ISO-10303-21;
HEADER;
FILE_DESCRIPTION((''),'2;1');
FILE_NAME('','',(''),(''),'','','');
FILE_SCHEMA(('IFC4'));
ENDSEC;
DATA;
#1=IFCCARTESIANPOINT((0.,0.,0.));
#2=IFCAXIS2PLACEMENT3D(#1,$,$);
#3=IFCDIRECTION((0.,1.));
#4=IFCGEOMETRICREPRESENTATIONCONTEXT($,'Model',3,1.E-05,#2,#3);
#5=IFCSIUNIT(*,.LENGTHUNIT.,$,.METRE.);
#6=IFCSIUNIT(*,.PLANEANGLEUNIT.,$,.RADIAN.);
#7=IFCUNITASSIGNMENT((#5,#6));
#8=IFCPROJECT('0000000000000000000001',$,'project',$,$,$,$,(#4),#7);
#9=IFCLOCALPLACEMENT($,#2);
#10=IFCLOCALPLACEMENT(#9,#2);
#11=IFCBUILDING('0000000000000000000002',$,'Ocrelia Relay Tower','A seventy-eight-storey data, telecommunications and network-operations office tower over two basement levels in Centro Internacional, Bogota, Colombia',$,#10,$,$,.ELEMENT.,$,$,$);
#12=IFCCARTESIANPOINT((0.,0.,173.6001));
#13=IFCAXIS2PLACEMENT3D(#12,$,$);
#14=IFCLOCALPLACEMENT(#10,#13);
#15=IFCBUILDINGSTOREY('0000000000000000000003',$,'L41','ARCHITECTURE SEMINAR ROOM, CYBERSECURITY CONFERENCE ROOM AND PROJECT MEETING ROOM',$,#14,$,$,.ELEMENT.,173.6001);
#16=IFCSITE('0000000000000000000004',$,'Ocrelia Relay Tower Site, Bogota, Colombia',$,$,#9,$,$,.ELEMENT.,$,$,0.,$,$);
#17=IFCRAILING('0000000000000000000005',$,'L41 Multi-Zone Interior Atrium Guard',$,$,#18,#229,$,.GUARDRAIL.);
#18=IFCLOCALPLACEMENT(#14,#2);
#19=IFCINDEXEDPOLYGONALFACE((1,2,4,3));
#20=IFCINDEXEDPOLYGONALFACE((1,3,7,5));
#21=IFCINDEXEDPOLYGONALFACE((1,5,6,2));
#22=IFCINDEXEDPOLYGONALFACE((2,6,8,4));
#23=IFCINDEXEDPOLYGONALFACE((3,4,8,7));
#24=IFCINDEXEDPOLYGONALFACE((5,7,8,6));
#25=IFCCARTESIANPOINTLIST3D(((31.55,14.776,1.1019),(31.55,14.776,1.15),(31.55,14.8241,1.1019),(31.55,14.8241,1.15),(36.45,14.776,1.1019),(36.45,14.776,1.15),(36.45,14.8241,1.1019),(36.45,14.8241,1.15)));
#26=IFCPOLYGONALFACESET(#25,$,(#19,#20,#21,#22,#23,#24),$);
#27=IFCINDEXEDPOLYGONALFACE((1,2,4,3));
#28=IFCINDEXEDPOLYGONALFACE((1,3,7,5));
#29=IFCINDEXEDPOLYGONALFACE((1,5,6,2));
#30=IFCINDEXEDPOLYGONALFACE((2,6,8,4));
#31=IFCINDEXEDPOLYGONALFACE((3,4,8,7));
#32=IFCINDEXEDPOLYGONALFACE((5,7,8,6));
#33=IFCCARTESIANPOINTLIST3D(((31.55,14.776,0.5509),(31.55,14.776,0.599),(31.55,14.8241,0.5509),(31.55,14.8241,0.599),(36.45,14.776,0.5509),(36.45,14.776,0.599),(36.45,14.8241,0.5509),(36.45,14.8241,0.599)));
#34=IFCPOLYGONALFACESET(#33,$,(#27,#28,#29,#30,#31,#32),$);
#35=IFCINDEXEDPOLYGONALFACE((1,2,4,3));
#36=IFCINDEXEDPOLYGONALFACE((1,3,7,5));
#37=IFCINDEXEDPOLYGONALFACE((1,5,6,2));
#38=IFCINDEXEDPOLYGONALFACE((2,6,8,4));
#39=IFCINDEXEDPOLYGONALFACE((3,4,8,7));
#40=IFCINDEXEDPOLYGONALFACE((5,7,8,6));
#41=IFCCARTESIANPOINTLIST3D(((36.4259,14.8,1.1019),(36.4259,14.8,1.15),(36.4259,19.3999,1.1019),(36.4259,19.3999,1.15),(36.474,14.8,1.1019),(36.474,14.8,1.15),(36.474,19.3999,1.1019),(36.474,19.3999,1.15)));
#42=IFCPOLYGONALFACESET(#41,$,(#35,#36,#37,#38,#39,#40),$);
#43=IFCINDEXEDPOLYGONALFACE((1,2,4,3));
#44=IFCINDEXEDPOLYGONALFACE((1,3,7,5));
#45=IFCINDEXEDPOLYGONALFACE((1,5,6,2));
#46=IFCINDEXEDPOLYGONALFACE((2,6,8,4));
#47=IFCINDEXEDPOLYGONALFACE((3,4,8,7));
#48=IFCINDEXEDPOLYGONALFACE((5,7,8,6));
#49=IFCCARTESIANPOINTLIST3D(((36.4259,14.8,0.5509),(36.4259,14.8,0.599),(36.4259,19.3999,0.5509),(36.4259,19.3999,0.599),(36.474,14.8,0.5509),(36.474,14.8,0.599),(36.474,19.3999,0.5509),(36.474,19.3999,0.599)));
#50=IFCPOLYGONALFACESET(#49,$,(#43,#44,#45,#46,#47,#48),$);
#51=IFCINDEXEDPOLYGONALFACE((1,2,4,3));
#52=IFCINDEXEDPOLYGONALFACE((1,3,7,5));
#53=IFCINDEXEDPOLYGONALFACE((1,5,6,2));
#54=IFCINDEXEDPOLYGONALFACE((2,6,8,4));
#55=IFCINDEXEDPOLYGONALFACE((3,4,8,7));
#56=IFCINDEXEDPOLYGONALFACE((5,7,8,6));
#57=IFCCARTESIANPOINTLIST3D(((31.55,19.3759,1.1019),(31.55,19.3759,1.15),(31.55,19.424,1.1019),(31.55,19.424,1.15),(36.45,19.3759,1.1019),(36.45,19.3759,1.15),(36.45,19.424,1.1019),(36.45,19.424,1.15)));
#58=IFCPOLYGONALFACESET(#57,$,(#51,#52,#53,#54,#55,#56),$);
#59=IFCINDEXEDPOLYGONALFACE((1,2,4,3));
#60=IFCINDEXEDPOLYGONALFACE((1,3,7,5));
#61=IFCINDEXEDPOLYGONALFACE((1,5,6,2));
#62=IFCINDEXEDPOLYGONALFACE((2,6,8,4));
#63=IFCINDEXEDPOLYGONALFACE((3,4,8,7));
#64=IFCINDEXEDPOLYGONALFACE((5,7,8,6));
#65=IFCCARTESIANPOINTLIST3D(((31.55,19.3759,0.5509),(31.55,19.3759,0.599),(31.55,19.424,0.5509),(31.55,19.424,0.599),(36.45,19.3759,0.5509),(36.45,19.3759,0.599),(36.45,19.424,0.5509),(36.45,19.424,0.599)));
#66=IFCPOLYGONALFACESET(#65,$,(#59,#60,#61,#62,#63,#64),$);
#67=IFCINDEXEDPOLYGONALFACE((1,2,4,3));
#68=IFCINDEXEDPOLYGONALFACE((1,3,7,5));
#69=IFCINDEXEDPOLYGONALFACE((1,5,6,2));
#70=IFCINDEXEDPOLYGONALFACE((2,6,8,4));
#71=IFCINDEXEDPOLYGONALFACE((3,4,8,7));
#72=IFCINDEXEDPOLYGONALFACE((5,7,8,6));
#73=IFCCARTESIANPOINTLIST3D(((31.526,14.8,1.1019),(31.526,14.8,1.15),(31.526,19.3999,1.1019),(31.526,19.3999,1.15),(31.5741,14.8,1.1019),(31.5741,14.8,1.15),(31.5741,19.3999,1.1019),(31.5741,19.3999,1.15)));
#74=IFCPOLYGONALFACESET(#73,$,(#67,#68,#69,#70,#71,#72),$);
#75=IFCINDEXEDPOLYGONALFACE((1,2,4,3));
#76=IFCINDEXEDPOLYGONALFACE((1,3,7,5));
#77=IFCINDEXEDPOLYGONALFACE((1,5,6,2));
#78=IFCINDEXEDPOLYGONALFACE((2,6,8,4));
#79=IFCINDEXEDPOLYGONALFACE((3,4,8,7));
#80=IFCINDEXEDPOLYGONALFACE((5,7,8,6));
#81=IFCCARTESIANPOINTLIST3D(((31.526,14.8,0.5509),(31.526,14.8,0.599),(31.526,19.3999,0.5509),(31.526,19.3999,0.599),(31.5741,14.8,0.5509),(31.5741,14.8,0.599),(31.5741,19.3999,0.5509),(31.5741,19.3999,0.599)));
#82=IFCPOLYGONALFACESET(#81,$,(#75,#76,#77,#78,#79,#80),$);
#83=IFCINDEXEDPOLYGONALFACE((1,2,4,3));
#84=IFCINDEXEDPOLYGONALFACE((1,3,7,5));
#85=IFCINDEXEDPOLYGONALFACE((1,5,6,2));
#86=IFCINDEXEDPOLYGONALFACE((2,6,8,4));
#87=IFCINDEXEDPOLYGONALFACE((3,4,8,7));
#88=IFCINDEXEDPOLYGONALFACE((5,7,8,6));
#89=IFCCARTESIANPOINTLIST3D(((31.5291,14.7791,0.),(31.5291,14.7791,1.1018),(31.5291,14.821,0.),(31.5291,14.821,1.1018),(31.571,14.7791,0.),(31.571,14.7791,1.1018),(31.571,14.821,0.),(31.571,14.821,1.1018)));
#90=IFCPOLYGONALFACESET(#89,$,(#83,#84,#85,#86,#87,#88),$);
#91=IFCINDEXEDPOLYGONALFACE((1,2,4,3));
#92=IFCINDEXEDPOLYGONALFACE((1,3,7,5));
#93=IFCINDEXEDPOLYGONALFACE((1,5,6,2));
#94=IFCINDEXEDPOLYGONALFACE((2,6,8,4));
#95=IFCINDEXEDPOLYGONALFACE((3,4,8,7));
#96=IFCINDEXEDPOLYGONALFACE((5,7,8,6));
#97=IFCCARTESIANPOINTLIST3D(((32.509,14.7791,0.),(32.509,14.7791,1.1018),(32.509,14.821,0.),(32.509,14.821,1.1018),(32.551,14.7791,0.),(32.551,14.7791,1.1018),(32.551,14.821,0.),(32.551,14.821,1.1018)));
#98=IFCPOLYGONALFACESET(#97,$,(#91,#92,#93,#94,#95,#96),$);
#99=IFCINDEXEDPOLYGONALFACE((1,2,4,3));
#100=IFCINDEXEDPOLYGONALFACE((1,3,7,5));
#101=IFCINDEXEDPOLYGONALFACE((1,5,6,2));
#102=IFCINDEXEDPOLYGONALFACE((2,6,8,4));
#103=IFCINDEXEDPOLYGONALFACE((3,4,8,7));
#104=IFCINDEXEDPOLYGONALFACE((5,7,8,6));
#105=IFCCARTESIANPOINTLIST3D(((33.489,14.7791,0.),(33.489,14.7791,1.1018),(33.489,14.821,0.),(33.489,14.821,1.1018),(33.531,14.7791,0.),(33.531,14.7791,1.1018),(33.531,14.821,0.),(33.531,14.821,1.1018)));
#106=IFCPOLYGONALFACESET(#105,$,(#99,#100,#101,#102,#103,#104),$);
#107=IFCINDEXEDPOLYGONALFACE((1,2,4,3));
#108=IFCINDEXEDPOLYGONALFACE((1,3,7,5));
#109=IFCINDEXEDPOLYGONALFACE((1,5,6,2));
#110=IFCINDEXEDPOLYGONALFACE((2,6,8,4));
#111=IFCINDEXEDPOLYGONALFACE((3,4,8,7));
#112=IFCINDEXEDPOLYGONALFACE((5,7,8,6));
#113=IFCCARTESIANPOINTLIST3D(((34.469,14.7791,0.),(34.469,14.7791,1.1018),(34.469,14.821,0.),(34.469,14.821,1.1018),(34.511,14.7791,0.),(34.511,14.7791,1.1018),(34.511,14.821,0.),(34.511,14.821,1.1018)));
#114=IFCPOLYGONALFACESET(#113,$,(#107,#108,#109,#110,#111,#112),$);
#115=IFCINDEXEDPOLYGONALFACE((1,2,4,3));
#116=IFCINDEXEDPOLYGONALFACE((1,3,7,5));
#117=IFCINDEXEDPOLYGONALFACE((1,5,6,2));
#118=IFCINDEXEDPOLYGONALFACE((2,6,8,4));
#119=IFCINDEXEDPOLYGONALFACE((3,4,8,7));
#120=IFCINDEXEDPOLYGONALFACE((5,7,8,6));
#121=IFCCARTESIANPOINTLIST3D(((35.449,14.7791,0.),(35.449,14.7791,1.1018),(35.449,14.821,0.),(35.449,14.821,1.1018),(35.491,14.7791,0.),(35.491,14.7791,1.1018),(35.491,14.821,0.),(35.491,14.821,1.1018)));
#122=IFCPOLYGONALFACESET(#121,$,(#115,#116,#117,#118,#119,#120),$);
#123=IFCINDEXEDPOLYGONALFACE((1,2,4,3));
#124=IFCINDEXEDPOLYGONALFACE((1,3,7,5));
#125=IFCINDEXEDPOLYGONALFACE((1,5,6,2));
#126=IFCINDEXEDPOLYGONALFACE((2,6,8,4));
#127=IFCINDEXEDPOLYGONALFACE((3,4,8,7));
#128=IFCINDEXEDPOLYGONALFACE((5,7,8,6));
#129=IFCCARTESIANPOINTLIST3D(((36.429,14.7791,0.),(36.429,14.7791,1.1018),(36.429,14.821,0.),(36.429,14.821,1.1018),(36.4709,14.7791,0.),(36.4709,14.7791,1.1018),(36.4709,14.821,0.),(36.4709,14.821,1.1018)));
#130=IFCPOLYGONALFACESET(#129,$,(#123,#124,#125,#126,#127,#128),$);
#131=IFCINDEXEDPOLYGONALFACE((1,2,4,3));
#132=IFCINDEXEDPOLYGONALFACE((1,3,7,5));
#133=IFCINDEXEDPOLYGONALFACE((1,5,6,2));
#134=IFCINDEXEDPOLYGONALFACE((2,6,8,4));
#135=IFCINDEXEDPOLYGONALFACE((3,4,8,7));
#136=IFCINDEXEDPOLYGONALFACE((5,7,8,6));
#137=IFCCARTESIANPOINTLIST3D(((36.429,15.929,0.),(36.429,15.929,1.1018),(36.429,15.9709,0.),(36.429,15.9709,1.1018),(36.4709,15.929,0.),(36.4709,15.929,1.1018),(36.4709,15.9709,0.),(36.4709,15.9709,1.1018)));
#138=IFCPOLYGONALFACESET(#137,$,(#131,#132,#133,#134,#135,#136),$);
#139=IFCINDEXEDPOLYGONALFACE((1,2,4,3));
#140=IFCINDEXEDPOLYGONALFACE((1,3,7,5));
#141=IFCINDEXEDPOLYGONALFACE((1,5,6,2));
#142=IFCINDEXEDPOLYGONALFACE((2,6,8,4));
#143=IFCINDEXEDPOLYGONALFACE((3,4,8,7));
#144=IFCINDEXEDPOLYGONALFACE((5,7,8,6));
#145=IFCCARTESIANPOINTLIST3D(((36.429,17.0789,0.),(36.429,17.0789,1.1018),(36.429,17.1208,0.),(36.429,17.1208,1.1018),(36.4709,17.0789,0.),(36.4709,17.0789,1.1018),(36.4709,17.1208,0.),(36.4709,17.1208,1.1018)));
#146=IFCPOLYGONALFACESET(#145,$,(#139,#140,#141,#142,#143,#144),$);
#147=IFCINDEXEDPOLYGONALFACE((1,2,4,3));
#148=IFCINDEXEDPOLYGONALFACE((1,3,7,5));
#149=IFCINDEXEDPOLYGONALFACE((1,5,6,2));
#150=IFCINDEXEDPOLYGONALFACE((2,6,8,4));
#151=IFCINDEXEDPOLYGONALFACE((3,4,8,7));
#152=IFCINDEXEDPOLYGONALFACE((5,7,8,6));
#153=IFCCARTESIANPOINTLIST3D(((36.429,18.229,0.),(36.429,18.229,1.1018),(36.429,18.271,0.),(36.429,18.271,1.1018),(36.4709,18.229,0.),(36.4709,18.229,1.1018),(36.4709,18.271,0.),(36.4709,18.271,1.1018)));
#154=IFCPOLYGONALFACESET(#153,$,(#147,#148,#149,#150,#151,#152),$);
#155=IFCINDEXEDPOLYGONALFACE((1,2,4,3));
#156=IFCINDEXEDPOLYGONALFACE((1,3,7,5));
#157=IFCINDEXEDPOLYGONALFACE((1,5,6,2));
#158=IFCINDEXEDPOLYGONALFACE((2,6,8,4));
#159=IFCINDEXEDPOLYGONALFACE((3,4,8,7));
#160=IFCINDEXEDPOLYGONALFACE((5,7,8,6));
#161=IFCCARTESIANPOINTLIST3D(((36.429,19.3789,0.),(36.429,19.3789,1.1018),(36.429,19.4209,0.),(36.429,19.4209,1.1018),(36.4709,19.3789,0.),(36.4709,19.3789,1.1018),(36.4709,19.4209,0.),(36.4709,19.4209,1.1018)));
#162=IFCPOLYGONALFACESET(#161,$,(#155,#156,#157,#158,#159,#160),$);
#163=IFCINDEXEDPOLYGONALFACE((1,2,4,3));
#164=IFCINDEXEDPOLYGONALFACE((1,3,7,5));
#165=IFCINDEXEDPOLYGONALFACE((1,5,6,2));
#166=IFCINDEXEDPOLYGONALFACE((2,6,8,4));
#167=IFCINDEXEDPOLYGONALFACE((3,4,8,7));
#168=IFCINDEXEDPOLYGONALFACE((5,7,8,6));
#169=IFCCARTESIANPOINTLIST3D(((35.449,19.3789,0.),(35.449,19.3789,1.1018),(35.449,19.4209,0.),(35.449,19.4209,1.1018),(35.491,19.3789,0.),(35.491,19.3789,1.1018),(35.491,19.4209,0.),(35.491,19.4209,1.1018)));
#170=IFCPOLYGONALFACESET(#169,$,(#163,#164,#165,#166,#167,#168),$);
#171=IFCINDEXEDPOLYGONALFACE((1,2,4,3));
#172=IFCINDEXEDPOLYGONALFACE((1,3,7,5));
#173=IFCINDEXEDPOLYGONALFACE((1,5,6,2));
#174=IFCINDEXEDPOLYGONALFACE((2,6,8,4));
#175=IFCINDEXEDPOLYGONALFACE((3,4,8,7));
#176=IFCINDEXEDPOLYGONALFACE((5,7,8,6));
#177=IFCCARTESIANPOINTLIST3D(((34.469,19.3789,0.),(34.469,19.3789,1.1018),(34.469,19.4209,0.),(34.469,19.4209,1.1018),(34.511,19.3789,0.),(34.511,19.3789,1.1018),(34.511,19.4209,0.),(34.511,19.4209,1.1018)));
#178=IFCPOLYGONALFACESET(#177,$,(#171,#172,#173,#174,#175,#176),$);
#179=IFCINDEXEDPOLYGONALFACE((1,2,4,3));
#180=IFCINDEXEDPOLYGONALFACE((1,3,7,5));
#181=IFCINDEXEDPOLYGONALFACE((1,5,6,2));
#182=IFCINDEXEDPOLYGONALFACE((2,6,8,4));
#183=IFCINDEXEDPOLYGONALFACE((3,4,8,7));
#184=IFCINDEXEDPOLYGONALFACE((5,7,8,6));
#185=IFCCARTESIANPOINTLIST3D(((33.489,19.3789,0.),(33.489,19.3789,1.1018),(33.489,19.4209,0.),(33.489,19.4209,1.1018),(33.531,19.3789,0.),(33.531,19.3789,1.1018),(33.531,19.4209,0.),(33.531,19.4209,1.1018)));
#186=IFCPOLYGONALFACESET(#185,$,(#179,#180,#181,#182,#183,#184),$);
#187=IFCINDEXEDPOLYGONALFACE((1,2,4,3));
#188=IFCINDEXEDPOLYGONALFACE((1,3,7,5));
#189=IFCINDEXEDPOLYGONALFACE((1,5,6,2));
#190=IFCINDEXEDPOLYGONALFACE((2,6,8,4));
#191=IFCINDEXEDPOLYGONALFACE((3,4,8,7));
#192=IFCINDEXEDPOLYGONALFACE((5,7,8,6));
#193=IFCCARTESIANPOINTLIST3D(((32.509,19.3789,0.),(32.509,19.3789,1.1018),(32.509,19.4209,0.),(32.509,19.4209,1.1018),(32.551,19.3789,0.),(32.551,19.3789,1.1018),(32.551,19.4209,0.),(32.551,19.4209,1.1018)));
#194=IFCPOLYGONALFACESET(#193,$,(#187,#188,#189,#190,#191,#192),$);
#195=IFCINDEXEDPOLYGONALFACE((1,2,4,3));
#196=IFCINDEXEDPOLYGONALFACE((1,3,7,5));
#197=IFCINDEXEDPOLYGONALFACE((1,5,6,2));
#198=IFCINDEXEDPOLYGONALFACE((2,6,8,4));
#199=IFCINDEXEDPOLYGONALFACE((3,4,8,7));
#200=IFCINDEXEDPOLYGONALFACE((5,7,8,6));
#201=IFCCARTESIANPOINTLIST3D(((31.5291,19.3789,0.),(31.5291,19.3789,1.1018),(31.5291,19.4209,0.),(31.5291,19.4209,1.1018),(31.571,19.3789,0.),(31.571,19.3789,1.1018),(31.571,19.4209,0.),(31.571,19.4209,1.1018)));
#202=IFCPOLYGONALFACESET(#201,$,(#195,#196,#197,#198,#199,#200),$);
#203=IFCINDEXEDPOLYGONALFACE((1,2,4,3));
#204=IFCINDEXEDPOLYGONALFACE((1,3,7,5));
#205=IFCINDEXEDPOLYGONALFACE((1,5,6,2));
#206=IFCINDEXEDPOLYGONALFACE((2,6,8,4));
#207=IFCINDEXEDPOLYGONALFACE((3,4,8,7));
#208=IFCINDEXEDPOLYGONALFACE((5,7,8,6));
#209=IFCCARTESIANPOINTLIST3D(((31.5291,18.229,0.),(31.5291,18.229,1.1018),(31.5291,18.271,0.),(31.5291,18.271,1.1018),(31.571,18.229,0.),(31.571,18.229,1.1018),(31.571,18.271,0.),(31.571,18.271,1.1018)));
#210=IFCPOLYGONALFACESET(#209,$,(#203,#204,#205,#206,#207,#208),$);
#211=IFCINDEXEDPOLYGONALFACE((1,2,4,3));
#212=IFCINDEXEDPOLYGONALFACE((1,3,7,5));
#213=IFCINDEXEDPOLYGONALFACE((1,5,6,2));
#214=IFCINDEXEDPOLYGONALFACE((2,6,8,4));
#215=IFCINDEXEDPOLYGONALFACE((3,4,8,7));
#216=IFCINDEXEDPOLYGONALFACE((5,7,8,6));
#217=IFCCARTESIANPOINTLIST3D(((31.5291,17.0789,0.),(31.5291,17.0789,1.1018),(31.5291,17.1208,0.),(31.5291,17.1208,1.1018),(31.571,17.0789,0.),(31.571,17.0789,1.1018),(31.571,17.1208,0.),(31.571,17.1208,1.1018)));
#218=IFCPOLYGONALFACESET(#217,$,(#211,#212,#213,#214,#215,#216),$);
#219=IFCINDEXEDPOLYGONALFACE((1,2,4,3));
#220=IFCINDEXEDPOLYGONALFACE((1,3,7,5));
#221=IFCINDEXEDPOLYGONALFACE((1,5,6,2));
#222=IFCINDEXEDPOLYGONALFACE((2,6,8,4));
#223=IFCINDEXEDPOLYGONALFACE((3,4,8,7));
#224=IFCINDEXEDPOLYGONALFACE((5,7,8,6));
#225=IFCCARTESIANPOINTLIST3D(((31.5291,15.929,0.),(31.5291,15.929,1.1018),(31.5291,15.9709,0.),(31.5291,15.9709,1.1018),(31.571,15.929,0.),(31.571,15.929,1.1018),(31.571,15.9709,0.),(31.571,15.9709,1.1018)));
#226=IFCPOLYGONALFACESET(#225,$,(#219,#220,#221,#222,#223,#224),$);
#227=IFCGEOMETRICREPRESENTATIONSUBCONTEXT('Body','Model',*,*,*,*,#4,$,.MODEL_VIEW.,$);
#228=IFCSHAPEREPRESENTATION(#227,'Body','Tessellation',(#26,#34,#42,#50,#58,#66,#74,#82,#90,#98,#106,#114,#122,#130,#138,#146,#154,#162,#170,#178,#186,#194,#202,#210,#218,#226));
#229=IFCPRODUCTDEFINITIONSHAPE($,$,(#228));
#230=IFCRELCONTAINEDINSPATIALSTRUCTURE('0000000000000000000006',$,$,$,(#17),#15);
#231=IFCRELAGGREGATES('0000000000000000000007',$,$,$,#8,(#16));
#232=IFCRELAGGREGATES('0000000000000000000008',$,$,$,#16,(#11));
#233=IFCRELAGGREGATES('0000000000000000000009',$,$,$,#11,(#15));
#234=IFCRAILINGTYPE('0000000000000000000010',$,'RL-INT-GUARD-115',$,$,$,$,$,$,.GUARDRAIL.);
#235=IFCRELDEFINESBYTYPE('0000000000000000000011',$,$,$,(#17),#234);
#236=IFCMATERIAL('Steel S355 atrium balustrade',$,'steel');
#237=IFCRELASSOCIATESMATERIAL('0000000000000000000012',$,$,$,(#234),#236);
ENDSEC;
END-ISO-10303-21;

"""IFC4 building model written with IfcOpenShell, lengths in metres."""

from ifc_helpers import new_model, si_unit, direction, frame, origin, origin_2d, place, context, subcontext, project, spatial, rectangle, extrude, material, type_object, element, save


model = new_model("IFC4")

# Units and contexts
model_context = context("Model", 3, precision=1e-05, world=origin(), true_north=direction((0.0, 1.0)))
body_context = subcontext(model_context, "Body", "Model", "MODEL_VIEW")
ifc_project = project(units=[si_unit("LENGTHUNIT", "METRE"), si_unit("PLANEANGLEUNIT", "RADIAN")], contexts=[model_context])

# Site, building, storey
site_placement = place(None, origin())
site = spatial("IfcSite", under=ifc_project, at=site_placement, Name="Ocrelia Relay Tower Site, Bogota, Colombia", CompositionType="ELEMENT", RefElevation=0.0)
building_placement = place(site_placement, origin())
building = spatial("IfcBuilding", under=site, at=building_placement, Name="Ocrelia Relay Tower", Description="A seventy-eight-storey data, telecommunications and network-operations office tower over two basement levels in Centro Internacional, Bogota, Colombia", CompositionType="ELEMENT")
storey_placement = place(building_placement, frame((0.0, 0.0, 173.6001)))
storey = spatial("IfcBuildingStorey", under=building, at=storey_placement, Name="L41", Description="ARCHITECTURE SEMINAR ROOM, CYBERSECURITY CONFERENCE ROOM AND PROJECT MEETING ROOM", CompositionType="ELEMENT", Elevation=173.6001)

# Railing
ifc_material_1 = material(Name="Steel S355 atrium balustrade", Category="steel")
railing_type_1 = type_object("IfcRailingType", Name="RL-INT-GUARD-115", PredefinedType="GUARDRAIL", material=ifc_material_1)
railing_1_placement = place(storey_placement, frame((31.55, 14.8, 0.0)))
element("IfcRailing", 1, at=railing_1_placement, inside=storey, type_object=railing_type_1, Name="L41 Multi-Zone Interior Atrium Guard", PredefinedType="GUARDRAIL", context=body_context, shape_type="SweptSolid", body=[
    extrude(rectangle(XDim=0.0481, YDim=0.0481, at=origin_2d()), frame((0.0, 0.0, 1.126), z_axis=(1.0, 0.0, 0.0), x_axis=(0.0, 1.0, 0.0)), (0.0, 0.0, 1.0), 4.8999),
    extrude(rectangle(XDim=0.0481, YDim=0.0481, at=origin_2d()), frame((0.0, 0.0, 0.575), z_axis=(1.0, 0.0, 0.0), x_axis=(0.0, 1.0, 0.0)), (0.0, 0.0, 1.0), 4.8999),
    extrude(rectangle(XDim=0.0481, YDim=0.0481, at=origin_2d()), frame((4.8999, 0.0, 1.126), z_axis=(0.0, 1.0, 0.0), x_axis=(-1.0, 0.0, 0.0)), (0.0, 0.0, 1.0), 4.5999),
    extrude(rectangle(XDim=0.0481, YDim=0.0481, at=origin_2d()), frame((4.8999, 0.0, 0.575), z_axis=(0.0, 1.0, 0.0), x_axis=(-1.0, 0.0, 0.0)), (0.0, 0.0, 1.0), 4.5999),
    extrude(rectangle(XDim=0.0481, YDim=0.0481, at=origin_2d()), frame((4.8999, 4.5999, 1.126), z_axis=(-1.0, 0.0, 0.0), x_axis=(0.0, -1.0, 0.0)), (0.0, 0.0, 1.0), 4.8999),
    extrude(rectangle(XDim=0.0481, YDim=0.0481, at=origin_2d()), frame((4.8999, 4.5999, 0.575), z_axis=(-1.0, 0.0, 0.0), x_axis=(0.0, -1.0, 0.0)), (0.0, 0.0, 1.0), 4.8999),
    extrude(rectangle(XDim=0.0481, YDim=0.0481, at=origin_2d()), frame((0.0, 4.5999, 1.126), z_axis=(0.0, -1.0, 0.0), x_axis=(1.0, 0.0, 0.0)), (0.0, 0.0, 1.0), 4.5999),
    extrude(rectangle(XDim=0.0481, YDim=0.0481, at=origin_2d()), frame((0.0, 4.5999, 0.575), z_axis=(0.0, -1.0, 0.0), x_axis=(1.0, 0.0, 0.0)), (0.0, 0.0, 1.0), 4.5999),
    extrude(rectangle(XDim=0.042, YDim=0.042, at=origin_2d()), origin(), (0.0, 0.0, 1.0), 1.1018),
    extrude(rectangle(XDim=0.042, YDim=0.042, at=origin_2d()), frame((0.98, 0.0, 0.0)), (0.0, 0.0, 1.0), 1.1018),
    extrude(rectangle(XDim=0.042, YDim=0.042, at=origin_2d()), frame((1.96, 0.0, 0.0)), (0.0, 0.0, 1.0), 1.1018),
    extrude(rectangle(XDim=0.042, YDim=0.042, at=origin_2d()), frame((2.9399, 0.0, 0.0)), (0.0, 0.0, 1.0), 1.1018),
    extrude(rectangle(XDim=0.042, YDim=0.042, at=origin_2d()), frame((3.9199, 0.0, 0.0)), (0.0, 0.0, 1.0), 1.1018),
    extrude(rectangle(XDim=0.042, YDim=0.042, at=origin_2d()), frame((4.8999, 0.0, 0.0)), (0.0, 0.0, 1.0), 1.1018),
    extrude(rectangle(XDim=0.042, YDim=0.042, at=origin_2d()), frame((4.8999, 1.1499, 0.0)), (0.0, 0.0, 1.0), 1.1018),
    extrude(rectangle(XDim=0.042, YDim=0.042, at=origin_2d()), frame((4.8999, 2.2998, 0.0)), (0.0, 0.0, 1.0), 1.1018),
    extrude(rectangle(XDim=0.042, YDim=0.042, at=origin_2d()), frame((4.8999, 3.45, 0.0)), (0.0, 0.0, 1.0), 1.1018),
    extrude(rectangle(XDim=0.042, YDim=0.042, at=origin_2d()), frame((4.8999, 4.5999, 0.0)), (0.0, 0.0, 1.0), 1.1018),
    extrude(rectangle(XDim=0.042, YDim=0.042, at=origin_2d()), frame((3.9199, 4.5999, 0.0)), (0.0, 0.0, 1.0), 1.1018),
    extrude(rectangle(XDim=0.042, YDim=0.042, at=origin_2d()), frame((2.9399, 4.5999, 0.0)), (0.0, 0.0, 1.0), 1.1018),
    extrude(rectangle(XDim=0.042, YDim=0.042, at=origin_2d()), frame((1.96, 4.5999, 0.0)), (0.0, 0.0, 1.0), 1.1018),
    extrude(rectangle(XDim=0.042, YDim=0.042, at=origin_2d()), frame((0.98, 4.5999, 0.0)), (0.0, 0.0, 1.0), 1.1018),
    extrude(rectangle(XDim=0.042, YDim=0.042, at=origin_2d()), frame((0.0, 4.5999, 0.0)), (0.0, 0.0, 1.0), 1.1018),
    extrude(rectangle(XDim=0.042, YDim=0.042, at=origin_2d()), frame((0.0, 3.45, 0.0)), (0.0, 0.0, 1.0), 1.1018),
    extrude(rectangle(XDim=0.042, YDim=0.042, at=origin_2d()), frame((0.0, 2.2998, 0.0)), (0.0, 0.0, 1.0), 1.1018),
    extrude(rectangle(XDim=0.042, YDim=0.042, at=origin_2d()), frame((0.0, 1.1499, 0.0)), (0.0, 0.0, 1.0), 1.1018),
])

save(model, "model.ifc")
